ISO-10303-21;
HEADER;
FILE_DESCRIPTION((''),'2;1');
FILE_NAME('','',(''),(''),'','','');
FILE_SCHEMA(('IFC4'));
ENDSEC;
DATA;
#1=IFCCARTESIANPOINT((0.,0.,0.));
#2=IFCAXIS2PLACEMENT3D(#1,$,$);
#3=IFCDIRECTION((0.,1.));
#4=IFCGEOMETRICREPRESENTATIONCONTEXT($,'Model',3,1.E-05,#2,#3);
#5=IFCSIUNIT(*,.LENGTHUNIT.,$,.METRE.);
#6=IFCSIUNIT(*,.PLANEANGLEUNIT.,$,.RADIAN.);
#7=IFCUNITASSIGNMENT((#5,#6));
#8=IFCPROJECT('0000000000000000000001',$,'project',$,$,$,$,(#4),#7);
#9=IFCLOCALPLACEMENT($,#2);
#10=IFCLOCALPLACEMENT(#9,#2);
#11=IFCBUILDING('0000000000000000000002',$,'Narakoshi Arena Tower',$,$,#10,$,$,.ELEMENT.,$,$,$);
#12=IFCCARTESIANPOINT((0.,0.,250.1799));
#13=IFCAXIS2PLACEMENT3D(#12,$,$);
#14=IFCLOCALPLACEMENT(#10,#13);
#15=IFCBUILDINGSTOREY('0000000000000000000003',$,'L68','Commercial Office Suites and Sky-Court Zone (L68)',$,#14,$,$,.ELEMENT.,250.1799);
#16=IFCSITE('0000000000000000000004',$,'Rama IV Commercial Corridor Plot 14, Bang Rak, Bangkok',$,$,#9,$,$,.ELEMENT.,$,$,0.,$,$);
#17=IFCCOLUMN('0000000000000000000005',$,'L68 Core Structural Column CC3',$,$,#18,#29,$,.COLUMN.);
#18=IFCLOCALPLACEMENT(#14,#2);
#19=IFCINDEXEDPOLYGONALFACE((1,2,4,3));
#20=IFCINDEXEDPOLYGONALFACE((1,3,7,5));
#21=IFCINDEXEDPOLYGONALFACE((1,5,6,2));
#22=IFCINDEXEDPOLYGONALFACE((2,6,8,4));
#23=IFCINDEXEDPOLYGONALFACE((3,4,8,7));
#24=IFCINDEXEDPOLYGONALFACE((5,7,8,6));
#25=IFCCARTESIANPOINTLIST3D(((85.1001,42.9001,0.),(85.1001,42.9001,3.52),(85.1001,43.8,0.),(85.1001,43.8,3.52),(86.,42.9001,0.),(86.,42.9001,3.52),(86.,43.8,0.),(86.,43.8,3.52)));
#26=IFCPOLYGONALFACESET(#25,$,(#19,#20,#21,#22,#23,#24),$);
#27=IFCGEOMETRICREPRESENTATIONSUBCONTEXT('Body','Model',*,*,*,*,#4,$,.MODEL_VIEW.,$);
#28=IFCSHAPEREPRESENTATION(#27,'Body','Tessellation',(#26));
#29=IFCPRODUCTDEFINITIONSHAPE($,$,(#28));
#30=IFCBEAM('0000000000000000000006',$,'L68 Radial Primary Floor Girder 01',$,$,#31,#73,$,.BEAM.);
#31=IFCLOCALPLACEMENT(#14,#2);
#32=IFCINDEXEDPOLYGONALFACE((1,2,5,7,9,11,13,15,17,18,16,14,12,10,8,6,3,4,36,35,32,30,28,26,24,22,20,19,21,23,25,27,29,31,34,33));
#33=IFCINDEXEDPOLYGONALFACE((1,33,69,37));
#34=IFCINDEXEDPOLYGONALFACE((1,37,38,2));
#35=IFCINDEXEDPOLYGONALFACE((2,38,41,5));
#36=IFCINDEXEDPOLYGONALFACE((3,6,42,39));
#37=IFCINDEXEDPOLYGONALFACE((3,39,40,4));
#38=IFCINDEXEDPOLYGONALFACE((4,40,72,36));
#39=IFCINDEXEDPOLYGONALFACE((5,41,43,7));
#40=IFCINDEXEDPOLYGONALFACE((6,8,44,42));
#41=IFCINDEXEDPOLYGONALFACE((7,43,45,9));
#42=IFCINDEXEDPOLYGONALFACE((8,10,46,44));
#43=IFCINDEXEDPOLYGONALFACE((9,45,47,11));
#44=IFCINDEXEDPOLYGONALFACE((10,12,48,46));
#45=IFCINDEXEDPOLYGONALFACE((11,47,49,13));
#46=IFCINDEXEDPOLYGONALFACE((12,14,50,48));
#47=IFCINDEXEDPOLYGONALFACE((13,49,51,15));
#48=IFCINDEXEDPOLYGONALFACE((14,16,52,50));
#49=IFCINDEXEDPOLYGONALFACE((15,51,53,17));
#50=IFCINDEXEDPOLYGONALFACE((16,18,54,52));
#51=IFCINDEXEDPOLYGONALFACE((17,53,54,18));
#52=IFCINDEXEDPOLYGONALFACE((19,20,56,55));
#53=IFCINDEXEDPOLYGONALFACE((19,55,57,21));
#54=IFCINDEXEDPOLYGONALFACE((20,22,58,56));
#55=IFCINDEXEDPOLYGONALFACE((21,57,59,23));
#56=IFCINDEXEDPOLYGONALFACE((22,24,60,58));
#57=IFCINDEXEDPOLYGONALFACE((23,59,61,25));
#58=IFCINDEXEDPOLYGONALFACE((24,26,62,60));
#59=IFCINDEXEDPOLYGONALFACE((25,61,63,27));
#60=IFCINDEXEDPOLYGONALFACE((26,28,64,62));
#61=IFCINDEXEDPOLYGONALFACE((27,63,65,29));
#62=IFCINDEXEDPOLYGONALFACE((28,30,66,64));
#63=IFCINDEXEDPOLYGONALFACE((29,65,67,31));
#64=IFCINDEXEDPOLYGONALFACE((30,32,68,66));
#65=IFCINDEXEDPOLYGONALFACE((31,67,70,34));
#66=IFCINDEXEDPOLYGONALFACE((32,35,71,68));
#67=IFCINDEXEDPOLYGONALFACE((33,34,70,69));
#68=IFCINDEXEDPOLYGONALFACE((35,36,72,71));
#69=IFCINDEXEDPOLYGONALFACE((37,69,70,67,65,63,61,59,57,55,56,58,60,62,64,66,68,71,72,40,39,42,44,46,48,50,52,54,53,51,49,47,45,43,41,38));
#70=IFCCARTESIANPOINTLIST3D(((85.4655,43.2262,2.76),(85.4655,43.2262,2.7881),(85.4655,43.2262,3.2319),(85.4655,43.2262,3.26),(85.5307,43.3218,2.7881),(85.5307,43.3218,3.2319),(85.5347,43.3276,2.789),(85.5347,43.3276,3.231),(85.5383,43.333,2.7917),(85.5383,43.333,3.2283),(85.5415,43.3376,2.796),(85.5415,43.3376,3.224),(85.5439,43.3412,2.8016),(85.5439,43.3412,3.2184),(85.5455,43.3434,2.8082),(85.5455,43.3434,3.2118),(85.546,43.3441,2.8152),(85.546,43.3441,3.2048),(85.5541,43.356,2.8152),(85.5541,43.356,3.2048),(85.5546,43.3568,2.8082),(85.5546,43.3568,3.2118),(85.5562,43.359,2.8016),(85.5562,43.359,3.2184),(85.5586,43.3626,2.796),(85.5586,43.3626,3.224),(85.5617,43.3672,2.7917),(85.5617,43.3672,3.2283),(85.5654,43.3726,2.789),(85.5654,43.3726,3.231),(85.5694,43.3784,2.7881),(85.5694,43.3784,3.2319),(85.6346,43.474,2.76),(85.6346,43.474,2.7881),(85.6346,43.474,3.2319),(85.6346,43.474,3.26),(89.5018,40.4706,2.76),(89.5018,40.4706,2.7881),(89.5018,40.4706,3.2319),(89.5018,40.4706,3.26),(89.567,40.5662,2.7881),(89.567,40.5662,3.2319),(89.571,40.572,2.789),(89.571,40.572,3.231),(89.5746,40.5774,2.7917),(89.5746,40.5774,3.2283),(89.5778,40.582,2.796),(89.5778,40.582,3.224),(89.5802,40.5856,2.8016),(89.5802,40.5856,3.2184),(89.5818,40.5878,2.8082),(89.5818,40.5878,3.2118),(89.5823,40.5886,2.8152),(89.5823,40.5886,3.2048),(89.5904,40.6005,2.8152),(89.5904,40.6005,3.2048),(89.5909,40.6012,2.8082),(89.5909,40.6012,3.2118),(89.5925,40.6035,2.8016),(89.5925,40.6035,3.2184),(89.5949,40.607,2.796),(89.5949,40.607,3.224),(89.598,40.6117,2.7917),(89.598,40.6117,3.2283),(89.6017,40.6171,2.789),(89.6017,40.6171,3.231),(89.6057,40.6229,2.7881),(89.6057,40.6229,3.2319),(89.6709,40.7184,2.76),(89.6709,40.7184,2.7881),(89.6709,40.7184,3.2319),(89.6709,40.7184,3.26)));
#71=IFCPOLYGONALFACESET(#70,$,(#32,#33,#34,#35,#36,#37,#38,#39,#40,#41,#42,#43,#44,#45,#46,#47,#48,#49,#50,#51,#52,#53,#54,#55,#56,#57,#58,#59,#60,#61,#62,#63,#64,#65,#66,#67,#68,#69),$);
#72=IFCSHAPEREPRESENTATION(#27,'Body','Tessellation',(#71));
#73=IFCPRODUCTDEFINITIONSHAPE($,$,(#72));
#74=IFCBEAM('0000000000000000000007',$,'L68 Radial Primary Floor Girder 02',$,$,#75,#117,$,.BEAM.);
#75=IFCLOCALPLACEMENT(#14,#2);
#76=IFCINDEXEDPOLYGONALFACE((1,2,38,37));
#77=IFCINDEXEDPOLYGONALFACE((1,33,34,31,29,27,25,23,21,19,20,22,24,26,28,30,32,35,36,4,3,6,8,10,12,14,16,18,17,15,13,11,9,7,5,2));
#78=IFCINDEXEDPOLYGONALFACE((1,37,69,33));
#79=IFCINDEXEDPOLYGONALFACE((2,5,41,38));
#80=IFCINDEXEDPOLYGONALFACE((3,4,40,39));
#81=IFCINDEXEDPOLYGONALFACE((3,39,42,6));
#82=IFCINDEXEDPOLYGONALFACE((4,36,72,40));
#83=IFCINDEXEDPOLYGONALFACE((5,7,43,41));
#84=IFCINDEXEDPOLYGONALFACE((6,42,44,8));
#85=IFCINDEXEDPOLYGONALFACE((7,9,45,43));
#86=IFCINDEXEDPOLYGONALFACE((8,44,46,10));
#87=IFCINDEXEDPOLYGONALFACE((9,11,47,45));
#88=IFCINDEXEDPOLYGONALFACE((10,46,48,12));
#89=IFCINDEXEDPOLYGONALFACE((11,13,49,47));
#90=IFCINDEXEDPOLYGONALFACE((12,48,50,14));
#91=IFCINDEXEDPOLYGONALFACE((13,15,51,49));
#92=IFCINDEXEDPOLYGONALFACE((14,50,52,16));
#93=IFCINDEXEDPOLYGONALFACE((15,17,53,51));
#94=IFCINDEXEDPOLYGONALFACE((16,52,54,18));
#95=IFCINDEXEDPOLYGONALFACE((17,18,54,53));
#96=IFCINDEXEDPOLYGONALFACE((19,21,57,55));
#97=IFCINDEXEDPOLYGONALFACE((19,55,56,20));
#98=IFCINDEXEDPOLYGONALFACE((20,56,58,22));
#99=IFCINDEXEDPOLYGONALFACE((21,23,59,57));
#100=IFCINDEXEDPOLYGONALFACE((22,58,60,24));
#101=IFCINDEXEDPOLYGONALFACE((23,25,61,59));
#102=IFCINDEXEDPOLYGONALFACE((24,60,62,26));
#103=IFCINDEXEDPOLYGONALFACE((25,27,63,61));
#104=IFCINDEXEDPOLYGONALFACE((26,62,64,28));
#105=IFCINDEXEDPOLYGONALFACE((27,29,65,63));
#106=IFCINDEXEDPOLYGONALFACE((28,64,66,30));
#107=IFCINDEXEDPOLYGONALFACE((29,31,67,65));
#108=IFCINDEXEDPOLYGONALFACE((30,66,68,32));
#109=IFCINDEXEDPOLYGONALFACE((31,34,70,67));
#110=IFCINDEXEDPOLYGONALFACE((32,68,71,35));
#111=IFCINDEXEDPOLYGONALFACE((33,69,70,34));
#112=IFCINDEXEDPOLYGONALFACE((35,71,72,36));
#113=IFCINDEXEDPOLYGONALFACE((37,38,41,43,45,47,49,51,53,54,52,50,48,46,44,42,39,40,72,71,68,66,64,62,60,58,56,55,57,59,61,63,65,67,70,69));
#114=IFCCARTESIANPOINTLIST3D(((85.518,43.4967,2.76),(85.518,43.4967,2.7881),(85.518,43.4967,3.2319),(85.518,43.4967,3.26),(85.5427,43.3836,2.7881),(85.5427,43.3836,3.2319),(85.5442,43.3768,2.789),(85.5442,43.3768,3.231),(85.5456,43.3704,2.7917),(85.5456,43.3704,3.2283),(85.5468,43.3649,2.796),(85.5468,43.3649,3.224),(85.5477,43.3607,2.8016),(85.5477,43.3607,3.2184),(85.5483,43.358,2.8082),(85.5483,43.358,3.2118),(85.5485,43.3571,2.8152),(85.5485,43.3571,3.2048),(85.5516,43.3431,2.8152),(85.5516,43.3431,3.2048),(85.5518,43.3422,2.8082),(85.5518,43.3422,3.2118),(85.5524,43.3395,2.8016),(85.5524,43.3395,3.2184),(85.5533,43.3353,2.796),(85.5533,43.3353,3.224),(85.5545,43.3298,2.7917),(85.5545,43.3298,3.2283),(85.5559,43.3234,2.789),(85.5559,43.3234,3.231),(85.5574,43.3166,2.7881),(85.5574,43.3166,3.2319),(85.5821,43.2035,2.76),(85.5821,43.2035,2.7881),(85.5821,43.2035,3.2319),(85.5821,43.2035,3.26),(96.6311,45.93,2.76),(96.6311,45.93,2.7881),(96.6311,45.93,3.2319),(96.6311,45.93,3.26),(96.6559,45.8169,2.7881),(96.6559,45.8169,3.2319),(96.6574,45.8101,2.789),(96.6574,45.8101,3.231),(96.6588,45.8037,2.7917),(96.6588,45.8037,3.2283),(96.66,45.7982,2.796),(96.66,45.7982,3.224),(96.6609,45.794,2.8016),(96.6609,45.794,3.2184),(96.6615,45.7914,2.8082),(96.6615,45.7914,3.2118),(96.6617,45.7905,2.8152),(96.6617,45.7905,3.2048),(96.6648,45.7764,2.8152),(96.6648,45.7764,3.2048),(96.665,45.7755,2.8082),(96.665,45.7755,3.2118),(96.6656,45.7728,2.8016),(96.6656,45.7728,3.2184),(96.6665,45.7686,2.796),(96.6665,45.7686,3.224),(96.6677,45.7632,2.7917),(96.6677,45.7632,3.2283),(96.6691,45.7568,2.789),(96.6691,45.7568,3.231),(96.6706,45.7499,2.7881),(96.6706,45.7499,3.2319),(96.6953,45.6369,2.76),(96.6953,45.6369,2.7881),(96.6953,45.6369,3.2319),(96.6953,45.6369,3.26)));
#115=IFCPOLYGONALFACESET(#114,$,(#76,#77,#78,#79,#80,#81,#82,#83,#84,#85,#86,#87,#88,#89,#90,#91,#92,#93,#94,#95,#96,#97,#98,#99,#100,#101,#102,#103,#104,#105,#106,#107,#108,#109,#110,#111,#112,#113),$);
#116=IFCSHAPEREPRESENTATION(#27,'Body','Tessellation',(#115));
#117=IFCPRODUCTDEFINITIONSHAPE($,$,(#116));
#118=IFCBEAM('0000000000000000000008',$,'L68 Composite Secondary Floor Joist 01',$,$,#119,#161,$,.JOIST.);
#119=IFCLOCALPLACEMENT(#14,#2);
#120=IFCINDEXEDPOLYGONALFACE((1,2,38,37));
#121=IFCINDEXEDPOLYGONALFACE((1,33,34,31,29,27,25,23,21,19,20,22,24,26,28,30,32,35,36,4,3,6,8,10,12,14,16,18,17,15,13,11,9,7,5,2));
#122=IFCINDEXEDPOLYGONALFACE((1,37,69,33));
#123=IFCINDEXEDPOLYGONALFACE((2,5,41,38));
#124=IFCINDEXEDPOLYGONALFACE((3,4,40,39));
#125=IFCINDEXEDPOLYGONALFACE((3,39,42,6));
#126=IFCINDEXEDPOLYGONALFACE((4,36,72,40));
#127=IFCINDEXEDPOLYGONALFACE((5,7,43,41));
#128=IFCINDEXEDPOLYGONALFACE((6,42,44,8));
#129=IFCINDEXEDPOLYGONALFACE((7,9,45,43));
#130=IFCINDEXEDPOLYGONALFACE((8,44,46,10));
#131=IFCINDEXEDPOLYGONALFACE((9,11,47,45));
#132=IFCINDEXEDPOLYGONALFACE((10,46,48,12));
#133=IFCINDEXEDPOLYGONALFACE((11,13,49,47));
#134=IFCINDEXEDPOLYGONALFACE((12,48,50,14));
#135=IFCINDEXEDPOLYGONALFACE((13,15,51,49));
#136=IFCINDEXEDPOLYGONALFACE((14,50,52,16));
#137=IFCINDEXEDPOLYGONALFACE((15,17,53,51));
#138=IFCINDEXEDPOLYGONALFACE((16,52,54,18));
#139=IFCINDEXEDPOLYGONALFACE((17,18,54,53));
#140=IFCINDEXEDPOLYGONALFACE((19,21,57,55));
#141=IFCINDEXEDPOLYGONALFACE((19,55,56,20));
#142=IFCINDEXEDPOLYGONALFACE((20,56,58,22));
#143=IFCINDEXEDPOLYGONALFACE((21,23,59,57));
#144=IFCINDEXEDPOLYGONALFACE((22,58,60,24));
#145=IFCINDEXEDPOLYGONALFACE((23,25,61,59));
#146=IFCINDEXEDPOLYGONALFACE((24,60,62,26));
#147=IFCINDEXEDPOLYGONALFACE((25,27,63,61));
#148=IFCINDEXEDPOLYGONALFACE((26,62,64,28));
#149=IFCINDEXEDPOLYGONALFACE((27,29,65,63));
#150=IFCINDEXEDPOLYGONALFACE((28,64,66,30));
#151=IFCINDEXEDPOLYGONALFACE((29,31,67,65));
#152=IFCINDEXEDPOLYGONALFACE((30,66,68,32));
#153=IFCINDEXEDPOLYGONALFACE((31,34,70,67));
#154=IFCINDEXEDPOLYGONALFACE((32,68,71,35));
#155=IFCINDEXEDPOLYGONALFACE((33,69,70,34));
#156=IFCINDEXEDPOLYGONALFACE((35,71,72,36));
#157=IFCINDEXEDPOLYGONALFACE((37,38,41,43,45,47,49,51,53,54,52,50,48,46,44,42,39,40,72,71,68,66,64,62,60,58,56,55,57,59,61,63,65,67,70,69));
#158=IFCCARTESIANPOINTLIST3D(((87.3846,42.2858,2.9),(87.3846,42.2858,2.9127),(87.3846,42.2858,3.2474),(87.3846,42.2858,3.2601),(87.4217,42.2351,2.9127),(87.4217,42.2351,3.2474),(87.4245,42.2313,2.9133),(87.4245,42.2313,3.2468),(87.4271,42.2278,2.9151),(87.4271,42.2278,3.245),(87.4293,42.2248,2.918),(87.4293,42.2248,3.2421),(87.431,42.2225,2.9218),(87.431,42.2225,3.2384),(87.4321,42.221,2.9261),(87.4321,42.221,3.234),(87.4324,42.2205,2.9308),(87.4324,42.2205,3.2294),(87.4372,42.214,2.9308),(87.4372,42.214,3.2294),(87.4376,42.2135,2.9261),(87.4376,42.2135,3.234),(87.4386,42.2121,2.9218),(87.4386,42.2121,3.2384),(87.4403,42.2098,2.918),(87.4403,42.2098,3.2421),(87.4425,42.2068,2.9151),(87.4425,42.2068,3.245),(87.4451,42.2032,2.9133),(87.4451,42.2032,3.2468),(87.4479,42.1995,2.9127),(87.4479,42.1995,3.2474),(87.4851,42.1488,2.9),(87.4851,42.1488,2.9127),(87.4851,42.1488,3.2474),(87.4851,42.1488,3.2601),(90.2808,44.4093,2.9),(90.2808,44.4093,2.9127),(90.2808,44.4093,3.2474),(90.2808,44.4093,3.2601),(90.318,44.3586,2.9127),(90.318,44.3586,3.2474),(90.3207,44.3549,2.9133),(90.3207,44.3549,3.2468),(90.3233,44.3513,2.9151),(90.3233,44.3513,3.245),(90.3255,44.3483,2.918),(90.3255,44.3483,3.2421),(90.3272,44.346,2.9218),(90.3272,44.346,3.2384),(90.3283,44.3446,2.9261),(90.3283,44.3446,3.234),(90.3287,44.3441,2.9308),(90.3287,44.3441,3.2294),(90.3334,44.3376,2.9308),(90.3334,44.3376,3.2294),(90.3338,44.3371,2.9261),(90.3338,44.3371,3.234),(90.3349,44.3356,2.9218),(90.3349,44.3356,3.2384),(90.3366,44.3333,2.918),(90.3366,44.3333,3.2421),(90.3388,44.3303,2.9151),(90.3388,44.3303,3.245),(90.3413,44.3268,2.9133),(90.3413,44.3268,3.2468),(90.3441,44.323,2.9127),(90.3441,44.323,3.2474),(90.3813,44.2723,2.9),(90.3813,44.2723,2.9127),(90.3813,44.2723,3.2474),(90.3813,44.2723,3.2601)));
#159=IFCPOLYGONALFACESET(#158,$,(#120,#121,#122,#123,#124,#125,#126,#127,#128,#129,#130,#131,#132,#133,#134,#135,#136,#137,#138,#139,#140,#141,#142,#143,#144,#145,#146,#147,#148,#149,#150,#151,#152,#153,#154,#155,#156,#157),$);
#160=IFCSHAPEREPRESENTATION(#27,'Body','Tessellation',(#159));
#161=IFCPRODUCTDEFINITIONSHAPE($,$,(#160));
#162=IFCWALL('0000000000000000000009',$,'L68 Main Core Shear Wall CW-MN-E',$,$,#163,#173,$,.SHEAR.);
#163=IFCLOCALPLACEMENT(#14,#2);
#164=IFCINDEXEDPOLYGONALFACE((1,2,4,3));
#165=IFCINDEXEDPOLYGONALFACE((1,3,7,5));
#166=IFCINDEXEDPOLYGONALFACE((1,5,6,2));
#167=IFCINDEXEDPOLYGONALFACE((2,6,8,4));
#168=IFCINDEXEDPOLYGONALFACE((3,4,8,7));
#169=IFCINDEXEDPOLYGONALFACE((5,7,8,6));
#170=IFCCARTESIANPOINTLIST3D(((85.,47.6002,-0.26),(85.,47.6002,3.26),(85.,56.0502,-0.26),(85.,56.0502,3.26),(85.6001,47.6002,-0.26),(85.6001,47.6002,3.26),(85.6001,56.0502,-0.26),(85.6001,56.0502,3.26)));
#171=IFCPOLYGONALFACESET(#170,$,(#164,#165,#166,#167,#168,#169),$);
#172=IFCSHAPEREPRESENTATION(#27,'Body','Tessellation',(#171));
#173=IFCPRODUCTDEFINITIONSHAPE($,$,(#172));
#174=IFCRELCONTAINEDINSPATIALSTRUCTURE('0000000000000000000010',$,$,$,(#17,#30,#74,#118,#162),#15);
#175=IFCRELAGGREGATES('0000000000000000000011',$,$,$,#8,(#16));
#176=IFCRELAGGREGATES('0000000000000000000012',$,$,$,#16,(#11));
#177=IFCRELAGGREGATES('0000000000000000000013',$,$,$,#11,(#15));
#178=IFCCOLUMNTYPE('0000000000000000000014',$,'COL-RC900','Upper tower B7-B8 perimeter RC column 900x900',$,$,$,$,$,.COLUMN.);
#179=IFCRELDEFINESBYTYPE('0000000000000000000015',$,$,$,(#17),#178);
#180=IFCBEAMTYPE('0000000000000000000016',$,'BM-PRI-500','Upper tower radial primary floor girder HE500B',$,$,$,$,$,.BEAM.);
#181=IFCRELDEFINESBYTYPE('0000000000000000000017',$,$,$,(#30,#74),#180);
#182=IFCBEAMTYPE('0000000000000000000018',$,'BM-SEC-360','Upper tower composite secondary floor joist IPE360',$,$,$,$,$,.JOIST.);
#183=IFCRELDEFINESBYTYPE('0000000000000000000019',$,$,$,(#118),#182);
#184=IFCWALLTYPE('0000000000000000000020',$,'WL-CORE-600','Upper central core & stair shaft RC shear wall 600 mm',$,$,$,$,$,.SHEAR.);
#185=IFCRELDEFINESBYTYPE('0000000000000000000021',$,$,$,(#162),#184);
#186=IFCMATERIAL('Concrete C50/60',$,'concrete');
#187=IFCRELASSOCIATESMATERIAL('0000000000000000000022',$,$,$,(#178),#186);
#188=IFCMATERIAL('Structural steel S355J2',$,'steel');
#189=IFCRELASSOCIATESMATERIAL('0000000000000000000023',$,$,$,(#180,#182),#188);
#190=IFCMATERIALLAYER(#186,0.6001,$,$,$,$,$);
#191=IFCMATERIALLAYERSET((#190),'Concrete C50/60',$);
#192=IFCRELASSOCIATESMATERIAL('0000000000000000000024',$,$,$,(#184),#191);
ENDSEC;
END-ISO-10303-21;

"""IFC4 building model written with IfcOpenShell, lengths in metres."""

from ifc_helpers import new_model, si_unit, direction, frame, frame_2d, origin, origin_2d, place, context, subcontext, project, spatial, rectangle, i_section, extrude, material, layer, layer_set, material_profile, profile_set, type_object, element, save


model = new_model("IFC4")

# Units and contexts
model_context = context("Model", 3, precision=1e-05, world=origin(), true_north=direction((0.0, 1.0)))
body_context = subcontext(model_context, "Body", "Model", "MODEL_VIEW")
ifc_project = project(units=[si_unit("LENGTHUNIT", "METRE"), si_unit("PLANEANGLEUNIT", "RADIAN")], contexts=[model_context])

# Site, building, storey
site_placement = place(None, origin())
site = spatial("IfcSite", under=ifc_project, at=site_placement, Name="Rama IV Commercial Corridor Plot 14, Bang Rak, Bangkok", CompositionType="ELEMENT", RefElevation=0.0)
building_placement = place(site_placement, origin())
building = spatial("IfcBuilding", under=site, at=building_placement, Name="Narakoshi Arena Tower", CompositionType="ELEMENT")
storey_placement = place(building_placement, frame((0.0, 0.0, 250.1799)))
storey = spatial("IfcBuildingStorey", under=building, at=storey_placement, Name="L68", Description="Commercial Office Suites and Sky-Court Zone (L68)", CompositionType="ELEMENT", Elevation=250.1799)

# Column
ifc_material_1 = material(Name="Concrete C50/60", Category="concrete")
ifc_material_profile_1 = material_profile(ifc_material_1, rectangle(XDim=0.8999, YDim=0.8999, at=origin_2d()), Name="RC900x900")
ifc_profile_set_1 = profile_set([ifc_material_profile_1], Name="Concrete C50/60")
column_type = type_object("IfcColumnType", Name="COL-RC900", Description="Upper tower B7-B8 perimeter RC column 900x900", PredefinedType="COLUMN", material=ifc_profile_set_1)
column_placement = place(storey_placement, frame((85.55, 43.3501, 0.0), z_axis=(0.0, 0.0, 1.0), x_axis=(1.0, 0.0, 0.0)))
element("IfcColumn", 1, at=column_placement, inside=storey, type_object=column_type, Name="L68 Core Structural Column CC3", PredefinedType="COLUMN", context=body_context, shape_type="SweptSolid", body=[
    extrude(rectangle(XDim=0.8999, YDim=0.8999, at=origin_2d()), origin(), (0.0, 0.0, 1.0), 3.52),
])

# Beams
ifc_material_2 = material(Name="Structural steel S355J2", Category="steel")
ifc_material_profile_2 = material_profile(ifc_material_2, i_section(OverallWidth=0.3, OverallDepth=0.5, WebThickness=0.0144, FlangeThickness=0.0281, FilletRadius=0.0271, at=origin_2d()), Name="HE500B")
ifc_profile_set_2 = profile_set([ifc_material_profile_2], Name="Structural steel S355J2")
beam_type_1 = type_object("IfcBeamType", Name="BM-PRI-500", Description="Upper tower radial primary floor girder HE500B", PredefinedType="BEAM", material=ifc_profile_set_2)
beam_1_placement = place(storey_placement, frame((85.55, 43.3501, 3.01), z_axis=(0.82589, -0.563831, 0.0), x_axis=(0.563831, 0.82589, 0.0)))
element("IfcBeam", 2, at=beam_1_placement, inside=storey, type_object=beam_type_1, Name="L68 Radial Primary Floor Girder 01", PredefinedType="BEAM", context=body_context, shape_type="SweptSolid", body=[
    extrude(i_section(OverallWidth=0.3, OverallDepth=0.5, WebThickness=0.0144, FlangeThickness=0.0281, FilletRadius=0.0271, at=origin_2d()), origin(), (0.0, 0.0, 1.0), 4.8872),
])
beam_2_placement = place(storey_placement, frame((85.55, 43.3501, 3.01), z_axis=(0.976857, 0.213891, 0.0), x_axis=(-0.213891, 0.976857, 0.0)))
element("IfcBeam", 3, at=beam_2_placement, inside=storey, type_object=beam_type_1, Name="L68 Radial Primary Floor Girder 02", PredefinedType="BEAM", context=body_context, shape_type="SweptSolid", body=[
    extrude(i_section(OverallWidth=0.3, OverallDepth=0.5, WebThickness=0.0144, FlangeThickness=0.0281, FilletRadius=0.0271, at=origin_2d()), origin(), (0.0, 0.0, 1.0), 11.3765),
])
ifc_material_profile_3 = material_profile(ifc_material_2, i_section(OverallWidth=0.1699, OverallDepth=0.3601, WebThickness=0.0081, FlangeThickness=0.0127, FilletRadius=0.0181, at=origin_2d()), Name="IPE360")
ifc_profile_set_3 = profile_set([ifc_material_profile_3], Name="Structural steel S355J2")
beam_type_2 = type_object("IfcBeamType", Name="BM-SEC-360", Description="Upper tower composite secondary floor joist IPE360", PredefinedType="JOIST", material=ifc_profile_set_3)
beam_3_placement = place(storey_placement, frame((87.4348, 42.2173, 3.0801), z_axis=(0.806455, 0.591296, 0.0), x_axis=(-0.591296, 0.806455, 0.0)))
element("IfcBeam", 4, at=beam_3_placement, inside=storey, type_object=beam_type_2, Name="L68 Composite Secondary Floor Joist 01", PredefinedType="JOIST", context=body_context, shape_type="SweptSolid", body=[
    extrude(i_section(OverallWidth=0.1699, OverallDepth=0.3601, WebThickness=0.0081, FlangeThickness=0.0127, FilletRadius=0.0181, at=origin_2d()), origin(), (0.0, 0.0, 1.0), 3.5913),
])

# Wall
ifc_layer_1 = layer(ifc_material_1, 0.6001)
ifc_layer_set_1 = layer_set([ifc_layer_1], Name="Concrete C50/60")
wall_type_1 = type_object("IfcWallType", Name="WL-CORE-600", Description="Upper central core & stair shaft RC shear wall 600 mm", PredefinedType="SHEAR", material=ifc_layer_set_1)
wall_1_placement = place(storey_placement, frame((85.3, 47.6001, -0.26), z_axis=(0.0, 0.0, 1.0), x_axis=(0.0, 1.0, 0.0)))
element("IfcWall", 5, at=wall_1_placement, inside=storey, type_object=wall_type_1, Name="L68 Main Core Shear Wall CW-MN-E", PredefinedType="SHEAR", context=body_context, shape_type="SweptSolid", body=[
    extrude(rectangle(XDim=8.45, YDim=0.6001, at=frame_2d((4.2251, 0.0))), origin(), (0.0, 0.0, 1.0), 3.52),
])

save(model, "model.ifc")
